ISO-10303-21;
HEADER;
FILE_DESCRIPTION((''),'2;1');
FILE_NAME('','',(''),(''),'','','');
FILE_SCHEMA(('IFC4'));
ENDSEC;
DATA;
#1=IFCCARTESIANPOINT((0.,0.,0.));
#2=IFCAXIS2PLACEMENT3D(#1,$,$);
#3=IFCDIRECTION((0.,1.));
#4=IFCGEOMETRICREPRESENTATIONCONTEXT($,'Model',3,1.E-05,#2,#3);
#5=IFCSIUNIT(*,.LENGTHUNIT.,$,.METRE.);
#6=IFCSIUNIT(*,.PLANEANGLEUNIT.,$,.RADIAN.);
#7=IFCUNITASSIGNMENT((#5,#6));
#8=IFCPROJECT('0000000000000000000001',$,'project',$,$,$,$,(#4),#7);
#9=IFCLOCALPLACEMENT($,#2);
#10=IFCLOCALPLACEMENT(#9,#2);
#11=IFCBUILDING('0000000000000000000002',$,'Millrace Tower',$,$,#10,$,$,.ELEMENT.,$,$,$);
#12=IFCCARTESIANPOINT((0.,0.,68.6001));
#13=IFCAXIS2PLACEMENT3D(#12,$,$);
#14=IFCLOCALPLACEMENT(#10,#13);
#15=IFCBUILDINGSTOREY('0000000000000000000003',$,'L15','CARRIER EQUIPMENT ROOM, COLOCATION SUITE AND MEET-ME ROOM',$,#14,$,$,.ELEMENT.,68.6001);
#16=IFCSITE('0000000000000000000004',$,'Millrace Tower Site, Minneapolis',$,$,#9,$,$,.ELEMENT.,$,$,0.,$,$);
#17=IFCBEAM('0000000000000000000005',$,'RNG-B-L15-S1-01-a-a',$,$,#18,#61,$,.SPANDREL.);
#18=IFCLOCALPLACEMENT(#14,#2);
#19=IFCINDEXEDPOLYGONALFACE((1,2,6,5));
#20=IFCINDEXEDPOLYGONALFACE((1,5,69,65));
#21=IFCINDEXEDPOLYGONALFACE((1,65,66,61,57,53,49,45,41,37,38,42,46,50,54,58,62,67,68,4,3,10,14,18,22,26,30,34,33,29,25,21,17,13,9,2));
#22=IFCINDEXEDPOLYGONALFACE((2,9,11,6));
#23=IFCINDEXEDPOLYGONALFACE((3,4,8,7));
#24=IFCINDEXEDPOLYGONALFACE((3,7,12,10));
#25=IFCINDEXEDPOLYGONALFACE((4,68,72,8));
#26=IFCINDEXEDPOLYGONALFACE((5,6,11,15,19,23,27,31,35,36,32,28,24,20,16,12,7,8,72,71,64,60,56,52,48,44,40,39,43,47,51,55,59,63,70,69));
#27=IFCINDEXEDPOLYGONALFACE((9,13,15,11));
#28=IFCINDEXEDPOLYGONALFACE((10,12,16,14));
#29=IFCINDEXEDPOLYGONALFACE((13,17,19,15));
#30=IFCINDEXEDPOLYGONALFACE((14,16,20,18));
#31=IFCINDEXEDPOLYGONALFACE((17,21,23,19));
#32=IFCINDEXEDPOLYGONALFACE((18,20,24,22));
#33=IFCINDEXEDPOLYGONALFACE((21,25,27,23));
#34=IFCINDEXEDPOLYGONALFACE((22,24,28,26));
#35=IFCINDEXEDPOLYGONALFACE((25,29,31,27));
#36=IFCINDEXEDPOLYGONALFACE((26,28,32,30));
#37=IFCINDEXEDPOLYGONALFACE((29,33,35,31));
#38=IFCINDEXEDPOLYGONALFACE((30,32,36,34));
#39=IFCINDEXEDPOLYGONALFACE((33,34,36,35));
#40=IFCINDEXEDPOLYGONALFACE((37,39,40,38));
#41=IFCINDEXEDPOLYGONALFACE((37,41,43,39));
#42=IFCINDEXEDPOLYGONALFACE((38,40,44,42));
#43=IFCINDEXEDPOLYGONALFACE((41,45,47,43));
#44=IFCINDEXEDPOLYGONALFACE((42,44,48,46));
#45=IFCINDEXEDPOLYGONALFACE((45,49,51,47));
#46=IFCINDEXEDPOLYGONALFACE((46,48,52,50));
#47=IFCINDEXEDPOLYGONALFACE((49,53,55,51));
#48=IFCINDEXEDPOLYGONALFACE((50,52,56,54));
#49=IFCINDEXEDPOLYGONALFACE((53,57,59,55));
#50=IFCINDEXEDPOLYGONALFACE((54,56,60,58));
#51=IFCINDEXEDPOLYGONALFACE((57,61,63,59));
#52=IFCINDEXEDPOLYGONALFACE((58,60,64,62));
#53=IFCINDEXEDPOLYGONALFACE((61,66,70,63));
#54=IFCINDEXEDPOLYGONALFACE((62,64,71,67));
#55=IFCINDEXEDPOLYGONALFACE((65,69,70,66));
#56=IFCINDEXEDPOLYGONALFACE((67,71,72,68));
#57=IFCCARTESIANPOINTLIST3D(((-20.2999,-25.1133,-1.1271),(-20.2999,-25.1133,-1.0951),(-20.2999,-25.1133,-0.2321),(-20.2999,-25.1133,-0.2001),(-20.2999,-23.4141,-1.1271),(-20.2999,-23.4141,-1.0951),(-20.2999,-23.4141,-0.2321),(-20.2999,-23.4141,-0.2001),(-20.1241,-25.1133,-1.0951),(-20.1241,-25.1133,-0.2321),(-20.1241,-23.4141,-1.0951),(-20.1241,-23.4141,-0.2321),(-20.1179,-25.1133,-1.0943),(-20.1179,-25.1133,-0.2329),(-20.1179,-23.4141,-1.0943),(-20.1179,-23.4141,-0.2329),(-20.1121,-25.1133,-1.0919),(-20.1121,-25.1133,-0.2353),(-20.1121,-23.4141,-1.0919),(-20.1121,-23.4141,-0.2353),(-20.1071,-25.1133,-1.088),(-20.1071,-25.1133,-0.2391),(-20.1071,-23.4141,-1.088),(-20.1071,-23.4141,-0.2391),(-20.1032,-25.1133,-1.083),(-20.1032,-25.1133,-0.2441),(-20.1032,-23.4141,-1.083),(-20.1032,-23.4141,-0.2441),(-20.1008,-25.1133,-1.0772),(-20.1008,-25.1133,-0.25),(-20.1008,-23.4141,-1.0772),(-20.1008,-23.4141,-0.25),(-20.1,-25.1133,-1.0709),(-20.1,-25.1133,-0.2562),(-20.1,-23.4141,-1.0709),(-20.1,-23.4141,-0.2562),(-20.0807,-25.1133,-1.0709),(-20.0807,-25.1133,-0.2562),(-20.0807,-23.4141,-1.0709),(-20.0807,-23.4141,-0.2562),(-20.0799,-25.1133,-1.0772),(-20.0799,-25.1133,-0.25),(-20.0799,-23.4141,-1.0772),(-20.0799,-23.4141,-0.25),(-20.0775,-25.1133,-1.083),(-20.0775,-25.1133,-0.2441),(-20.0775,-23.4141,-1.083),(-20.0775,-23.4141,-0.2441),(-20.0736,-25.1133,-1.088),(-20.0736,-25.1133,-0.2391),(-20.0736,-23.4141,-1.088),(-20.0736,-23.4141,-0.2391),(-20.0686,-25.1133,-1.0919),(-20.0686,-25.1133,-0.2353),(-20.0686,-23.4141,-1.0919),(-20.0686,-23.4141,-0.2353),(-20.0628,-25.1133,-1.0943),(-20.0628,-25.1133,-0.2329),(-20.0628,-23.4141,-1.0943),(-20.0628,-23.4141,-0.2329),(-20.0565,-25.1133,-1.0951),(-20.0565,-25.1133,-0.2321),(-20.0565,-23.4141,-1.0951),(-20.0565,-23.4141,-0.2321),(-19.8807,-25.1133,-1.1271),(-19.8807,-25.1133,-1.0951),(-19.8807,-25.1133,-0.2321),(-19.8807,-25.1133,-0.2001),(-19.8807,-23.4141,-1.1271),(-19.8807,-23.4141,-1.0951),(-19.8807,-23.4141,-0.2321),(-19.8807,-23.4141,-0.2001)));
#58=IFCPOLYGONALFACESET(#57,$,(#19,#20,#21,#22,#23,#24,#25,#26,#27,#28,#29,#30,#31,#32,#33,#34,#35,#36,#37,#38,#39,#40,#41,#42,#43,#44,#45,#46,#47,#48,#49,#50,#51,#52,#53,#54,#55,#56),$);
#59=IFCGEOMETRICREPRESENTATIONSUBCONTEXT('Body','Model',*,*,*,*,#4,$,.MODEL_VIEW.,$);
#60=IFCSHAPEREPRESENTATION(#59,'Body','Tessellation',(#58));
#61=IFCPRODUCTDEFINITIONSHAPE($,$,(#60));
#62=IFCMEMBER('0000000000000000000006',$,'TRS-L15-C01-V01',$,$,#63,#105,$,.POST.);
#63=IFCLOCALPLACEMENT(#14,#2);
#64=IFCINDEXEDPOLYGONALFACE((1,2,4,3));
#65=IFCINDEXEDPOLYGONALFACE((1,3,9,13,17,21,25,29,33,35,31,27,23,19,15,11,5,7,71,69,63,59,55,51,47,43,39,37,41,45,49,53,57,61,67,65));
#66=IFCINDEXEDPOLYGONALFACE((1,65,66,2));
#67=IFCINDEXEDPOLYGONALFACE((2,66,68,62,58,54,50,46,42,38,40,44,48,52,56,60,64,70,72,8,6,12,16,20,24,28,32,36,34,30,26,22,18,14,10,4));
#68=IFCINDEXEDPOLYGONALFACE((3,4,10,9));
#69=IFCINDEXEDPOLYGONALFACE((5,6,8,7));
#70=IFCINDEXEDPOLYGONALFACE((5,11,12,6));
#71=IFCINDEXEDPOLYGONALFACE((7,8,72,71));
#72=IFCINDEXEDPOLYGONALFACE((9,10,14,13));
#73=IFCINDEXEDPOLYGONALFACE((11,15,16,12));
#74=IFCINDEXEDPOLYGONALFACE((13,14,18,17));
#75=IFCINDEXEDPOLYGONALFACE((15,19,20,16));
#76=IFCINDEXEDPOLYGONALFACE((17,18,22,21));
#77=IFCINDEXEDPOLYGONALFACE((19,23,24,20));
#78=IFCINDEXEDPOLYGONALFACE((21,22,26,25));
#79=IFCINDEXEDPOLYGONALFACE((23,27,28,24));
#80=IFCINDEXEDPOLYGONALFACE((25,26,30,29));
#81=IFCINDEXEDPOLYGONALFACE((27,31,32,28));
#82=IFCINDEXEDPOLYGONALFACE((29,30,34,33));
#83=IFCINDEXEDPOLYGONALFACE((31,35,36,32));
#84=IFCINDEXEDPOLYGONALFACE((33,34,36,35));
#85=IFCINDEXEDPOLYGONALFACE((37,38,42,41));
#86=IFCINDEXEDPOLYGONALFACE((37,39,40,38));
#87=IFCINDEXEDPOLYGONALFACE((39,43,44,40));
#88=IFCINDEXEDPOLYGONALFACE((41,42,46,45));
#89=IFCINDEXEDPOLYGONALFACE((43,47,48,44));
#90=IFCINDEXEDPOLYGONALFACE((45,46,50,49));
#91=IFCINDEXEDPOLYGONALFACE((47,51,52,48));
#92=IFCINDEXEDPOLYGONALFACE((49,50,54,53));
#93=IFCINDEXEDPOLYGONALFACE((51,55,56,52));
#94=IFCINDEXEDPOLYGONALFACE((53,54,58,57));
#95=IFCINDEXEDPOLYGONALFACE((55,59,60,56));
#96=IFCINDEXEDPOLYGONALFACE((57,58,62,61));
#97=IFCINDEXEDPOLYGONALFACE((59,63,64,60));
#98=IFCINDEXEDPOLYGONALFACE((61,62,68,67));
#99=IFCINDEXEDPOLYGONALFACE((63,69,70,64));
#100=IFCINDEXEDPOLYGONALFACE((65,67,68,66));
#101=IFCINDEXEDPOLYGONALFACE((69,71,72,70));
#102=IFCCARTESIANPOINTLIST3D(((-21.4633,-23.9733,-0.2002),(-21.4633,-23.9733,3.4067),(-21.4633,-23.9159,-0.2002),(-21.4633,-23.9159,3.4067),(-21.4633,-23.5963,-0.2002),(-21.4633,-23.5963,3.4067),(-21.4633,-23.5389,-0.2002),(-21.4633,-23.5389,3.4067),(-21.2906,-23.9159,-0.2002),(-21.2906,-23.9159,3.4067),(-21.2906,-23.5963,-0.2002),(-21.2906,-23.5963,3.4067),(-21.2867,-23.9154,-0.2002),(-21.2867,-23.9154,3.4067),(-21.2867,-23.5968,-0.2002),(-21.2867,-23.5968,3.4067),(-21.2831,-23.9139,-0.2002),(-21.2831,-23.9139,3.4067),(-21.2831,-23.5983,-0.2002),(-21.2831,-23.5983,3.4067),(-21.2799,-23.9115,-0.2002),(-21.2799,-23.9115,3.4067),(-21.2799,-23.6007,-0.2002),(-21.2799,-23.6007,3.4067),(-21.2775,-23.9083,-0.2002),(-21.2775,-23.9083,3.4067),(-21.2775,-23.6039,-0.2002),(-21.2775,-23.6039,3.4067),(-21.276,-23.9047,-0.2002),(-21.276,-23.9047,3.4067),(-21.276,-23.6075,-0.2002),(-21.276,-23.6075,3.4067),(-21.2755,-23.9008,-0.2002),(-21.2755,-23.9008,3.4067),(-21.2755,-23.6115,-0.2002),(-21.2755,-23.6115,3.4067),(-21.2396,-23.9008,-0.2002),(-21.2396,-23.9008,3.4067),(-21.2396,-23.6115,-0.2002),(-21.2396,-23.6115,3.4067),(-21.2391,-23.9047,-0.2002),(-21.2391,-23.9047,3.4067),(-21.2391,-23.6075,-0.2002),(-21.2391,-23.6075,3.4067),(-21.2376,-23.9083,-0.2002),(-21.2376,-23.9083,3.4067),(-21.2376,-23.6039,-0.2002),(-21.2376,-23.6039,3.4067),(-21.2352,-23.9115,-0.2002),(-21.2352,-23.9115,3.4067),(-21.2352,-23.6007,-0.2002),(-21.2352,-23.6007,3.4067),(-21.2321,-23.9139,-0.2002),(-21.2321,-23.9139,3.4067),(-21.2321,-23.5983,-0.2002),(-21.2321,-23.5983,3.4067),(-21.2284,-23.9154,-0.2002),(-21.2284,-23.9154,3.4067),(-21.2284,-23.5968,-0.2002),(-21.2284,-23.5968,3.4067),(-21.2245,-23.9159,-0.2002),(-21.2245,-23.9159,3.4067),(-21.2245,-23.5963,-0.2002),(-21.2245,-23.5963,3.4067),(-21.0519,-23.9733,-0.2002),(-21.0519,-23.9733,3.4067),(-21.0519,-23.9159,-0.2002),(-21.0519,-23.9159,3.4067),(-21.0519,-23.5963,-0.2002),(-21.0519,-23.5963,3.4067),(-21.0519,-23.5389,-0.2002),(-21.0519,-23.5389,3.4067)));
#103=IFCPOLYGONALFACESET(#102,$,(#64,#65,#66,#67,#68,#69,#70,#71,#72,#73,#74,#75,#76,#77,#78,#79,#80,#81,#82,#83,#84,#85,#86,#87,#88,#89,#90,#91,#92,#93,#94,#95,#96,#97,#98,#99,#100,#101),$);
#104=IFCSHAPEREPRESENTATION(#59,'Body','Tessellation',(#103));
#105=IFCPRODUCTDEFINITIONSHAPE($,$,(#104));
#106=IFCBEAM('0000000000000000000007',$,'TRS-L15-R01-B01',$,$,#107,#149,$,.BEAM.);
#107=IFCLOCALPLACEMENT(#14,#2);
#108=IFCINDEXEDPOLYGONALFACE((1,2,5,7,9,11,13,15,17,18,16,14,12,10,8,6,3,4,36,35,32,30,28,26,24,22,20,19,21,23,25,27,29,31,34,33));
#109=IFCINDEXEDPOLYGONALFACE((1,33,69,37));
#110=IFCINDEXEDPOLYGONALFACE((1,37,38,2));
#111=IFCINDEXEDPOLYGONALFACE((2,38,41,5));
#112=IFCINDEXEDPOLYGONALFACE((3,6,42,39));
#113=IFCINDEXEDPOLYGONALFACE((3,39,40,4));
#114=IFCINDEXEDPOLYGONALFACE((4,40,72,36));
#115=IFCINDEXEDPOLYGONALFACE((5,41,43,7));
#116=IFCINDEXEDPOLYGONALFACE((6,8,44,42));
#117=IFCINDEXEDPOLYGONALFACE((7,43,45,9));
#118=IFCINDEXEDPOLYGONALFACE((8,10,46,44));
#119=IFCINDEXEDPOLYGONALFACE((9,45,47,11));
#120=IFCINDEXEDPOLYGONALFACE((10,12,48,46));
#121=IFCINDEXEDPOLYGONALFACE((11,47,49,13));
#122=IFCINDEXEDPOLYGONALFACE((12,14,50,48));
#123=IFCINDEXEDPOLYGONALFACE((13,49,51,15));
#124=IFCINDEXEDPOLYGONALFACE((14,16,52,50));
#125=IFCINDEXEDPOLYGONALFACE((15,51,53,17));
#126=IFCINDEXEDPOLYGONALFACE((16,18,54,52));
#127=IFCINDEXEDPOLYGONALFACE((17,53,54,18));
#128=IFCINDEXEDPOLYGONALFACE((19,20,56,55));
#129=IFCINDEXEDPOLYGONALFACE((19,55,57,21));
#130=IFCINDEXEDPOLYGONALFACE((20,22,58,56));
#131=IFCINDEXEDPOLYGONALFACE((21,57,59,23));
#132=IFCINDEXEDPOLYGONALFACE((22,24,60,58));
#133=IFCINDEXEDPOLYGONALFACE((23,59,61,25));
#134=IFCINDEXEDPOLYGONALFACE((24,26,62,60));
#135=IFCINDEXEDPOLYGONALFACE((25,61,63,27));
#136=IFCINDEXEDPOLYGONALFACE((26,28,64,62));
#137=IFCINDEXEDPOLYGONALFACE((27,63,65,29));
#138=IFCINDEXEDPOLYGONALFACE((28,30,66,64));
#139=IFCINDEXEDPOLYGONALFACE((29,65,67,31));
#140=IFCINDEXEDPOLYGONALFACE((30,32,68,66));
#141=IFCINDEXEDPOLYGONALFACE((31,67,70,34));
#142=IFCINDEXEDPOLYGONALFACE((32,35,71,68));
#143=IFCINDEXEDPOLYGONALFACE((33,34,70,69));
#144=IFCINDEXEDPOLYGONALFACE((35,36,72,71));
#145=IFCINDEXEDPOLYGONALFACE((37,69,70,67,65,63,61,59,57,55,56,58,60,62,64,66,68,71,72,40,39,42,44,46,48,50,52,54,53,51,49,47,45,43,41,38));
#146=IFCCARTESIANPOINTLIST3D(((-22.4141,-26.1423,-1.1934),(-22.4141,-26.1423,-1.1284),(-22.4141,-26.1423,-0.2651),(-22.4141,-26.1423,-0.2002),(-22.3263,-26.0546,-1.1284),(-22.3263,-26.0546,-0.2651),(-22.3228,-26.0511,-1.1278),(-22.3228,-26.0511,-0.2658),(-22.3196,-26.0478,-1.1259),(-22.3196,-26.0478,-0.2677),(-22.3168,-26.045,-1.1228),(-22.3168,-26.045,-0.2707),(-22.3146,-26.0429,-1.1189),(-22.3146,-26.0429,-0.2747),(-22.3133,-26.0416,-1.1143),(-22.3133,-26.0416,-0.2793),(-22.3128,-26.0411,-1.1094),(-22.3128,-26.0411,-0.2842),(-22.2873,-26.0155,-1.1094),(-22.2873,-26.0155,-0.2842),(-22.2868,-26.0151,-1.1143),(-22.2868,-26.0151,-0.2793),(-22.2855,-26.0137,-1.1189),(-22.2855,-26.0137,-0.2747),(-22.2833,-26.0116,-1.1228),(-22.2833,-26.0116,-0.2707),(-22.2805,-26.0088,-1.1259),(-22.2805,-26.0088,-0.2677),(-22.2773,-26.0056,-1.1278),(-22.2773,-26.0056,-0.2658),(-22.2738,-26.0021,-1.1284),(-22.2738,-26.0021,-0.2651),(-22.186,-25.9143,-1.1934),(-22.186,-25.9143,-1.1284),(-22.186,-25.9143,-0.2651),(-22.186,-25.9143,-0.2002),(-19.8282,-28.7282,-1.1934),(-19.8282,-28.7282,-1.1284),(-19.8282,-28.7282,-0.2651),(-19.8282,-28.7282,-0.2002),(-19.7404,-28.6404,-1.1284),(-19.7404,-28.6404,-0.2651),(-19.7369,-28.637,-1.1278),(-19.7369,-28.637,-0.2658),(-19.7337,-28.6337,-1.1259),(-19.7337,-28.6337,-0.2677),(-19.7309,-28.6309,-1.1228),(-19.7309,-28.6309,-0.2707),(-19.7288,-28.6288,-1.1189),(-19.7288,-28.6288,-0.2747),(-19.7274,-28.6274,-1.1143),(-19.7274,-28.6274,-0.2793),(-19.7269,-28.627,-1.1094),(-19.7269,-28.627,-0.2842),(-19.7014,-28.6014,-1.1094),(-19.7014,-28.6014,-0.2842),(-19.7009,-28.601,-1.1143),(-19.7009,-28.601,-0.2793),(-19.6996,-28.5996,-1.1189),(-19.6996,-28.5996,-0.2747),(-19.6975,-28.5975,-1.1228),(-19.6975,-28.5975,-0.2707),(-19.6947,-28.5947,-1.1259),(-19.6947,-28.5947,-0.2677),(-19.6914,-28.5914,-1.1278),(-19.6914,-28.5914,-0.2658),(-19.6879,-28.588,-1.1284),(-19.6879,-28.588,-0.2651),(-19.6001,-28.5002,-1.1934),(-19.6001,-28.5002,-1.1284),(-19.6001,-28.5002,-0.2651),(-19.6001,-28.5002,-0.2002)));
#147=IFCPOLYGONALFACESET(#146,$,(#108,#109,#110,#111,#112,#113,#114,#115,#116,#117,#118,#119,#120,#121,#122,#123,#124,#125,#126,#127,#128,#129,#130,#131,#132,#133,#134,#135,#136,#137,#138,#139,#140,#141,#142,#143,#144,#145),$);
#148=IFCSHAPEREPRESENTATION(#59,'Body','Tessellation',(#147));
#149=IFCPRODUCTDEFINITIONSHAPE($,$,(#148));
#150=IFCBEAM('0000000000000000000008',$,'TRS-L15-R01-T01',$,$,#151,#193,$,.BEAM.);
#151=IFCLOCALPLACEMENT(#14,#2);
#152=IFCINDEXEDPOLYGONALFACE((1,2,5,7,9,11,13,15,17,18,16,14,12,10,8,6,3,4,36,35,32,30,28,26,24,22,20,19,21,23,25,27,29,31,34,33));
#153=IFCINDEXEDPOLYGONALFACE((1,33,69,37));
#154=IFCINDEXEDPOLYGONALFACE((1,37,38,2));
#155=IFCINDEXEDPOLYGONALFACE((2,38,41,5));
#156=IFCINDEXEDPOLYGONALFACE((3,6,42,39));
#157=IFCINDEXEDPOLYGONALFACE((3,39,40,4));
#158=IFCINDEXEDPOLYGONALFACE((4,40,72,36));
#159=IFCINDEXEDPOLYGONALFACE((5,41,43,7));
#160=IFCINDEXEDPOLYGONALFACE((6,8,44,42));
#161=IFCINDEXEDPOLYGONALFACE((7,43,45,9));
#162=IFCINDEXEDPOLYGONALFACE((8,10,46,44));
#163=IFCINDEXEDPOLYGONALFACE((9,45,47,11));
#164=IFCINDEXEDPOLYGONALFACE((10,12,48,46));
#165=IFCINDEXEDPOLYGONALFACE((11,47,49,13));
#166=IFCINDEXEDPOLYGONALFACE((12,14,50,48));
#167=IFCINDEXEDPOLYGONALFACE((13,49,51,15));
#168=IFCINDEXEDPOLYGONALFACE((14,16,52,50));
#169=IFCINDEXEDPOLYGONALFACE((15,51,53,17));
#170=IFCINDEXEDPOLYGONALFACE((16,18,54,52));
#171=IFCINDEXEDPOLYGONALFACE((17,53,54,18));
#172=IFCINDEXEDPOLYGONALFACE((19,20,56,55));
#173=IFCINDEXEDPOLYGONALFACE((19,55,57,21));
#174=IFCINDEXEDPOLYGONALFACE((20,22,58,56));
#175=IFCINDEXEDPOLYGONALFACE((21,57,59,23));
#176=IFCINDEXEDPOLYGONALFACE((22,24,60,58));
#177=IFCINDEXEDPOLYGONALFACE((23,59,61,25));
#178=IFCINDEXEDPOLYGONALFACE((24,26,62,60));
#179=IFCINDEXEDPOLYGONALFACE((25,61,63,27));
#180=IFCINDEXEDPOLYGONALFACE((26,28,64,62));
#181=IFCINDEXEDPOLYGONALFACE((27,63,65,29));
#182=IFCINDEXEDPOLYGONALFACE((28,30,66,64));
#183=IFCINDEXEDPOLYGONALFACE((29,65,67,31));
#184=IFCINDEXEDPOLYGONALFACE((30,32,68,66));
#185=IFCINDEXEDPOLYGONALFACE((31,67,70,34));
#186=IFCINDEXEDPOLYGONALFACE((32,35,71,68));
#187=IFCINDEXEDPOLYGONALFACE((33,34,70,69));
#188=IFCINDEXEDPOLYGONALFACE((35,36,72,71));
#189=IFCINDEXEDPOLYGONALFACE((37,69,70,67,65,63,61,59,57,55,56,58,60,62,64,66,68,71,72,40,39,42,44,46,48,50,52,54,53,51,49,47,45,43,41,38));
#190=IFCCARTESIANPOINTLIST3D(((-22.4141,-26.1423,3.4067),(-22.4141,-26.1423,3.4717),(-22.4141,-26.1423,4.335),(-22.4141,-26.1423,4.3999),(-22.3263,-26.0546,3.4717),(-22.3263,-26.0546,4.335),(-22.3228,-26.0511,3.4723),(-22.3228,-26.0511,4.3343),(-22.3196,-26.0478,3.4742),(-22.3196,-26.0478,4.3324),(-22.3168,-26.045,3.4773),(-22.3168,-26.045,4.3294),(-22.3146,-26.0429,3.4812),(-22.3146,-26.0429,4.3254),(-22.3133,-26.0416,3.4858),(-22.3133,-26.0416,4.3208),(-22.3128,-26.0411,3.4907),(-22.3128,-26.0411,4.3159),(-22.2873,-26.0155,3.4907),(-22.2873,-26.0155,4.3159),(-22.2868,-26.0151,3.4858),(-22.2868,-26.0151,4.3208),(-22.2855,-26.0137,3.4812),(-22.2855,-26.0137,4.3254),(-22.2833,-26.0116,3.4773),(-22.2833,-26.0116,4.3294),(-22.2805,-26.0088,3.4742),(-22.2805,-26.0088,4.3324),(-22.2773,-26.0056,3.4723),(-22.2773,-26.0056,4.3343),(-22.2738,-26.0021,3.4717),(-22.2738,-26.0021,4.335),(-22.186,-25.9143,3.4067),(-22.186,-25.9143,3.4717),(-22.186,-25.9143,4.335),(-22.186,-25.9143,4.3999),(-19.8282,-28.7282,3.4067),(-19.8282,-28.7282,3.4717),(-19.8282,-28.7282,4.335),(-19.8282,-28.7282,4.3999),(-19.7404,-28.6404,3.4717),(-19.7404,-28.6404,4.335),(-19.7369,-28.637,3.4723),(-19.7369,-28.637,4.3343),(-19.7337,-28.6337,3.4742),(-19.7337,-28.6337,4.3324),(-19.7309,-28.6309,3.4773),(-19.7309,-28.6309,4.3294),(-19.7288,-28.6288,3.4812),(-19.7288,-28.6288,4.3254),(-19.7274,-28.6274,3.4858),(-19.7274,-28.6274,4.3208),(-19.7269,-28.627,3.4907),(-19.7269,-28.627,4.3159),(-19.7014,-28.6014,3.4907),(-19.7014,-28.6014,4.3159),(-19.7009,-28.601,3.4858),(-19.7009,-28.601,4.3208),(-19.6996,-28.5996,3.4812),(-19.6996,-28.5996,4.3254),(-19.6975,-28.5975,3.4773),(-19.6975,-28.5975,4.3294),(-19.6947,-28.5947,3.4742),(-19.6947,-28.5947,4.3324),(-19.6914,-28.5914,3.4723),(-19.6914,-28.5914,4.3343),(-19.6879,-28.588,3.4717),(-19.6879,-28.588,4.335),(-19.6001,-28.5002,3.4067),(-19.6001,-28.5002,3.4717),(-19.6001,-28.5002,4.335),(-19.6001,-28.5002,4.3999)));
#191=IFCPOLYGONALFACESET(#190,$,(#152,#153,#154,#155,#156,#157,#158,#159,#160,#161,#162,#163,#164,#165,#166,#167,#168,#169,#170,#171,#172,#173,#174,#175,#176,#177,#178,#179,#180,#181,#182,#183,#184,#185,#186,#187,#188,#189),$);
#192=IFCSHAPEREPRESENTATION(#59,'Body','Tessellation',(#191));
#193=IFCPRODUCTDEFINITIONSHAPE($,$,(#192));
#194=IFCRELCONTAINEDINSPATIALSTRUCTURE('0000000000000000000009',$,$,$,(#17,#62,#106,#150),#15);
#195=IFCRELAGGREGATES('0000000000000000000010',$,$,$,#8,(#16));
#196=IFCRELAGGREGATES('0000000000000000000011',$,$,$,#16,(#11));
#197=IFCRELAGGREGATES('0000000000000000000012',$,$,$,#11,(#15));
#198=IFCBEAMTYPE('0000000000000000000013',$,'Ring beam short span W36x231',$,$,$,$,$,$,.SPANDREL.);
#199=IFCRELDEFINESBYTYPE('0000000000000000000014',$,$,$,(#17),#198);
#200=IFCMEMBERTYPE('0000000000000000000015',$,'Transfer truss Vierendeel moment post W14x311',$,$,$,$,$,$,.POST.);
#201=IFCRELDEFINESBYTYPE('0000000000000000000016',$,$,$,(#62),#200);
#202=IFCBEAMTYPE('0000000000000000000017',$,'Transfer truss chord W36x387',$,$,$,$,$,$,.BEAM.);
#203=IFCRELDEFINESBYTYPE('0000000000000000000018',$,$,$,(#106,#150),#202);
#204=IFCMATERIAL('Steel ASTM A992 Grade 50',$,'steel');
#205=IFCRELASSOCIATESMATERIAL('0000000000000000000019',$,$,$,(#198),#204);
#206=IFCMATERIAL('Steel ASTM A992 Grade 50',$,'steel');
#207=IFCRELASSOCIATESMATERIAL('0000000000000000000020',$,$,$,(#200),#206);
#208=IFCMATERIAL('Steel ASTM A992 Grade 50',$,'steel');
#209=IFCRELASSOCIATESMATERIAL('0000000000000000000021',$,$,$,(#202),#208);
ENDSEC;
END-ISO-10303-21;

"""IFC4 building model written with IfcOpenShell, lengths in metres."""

from ifc_helpers import new_model, si_unit, direction, frame, origin, origin_2d, place, context, subcontext, project, spatial, i_section, extrude, material, material_profile, profile_set, type_object, element, save


model = new_model("IFC4")

# Units and contexts
model_context = context("Model", 3, precision=1e-05, world=origin(), true_north=direction((0.0, 1.0)))
body_context = subcontext(model_context, "Body", "Model", "MODEL_VIEW")
ifc_project = project(units=[si_unit("LENGTHUNIT", "METRE"), si_unit("PLANEANGLEUNIT", "RADIAN")], contexts=[model_context])

# Site, building, storey
site_placement = place(None, origin())
site = spatial("IfcSite", under=ifc_project, at=site_placement, Name="Millrace Tower Site, Minneapolis", CompositionType="ELEMENT", RefElevation=0.0)
building_placement = place(site_placement, origin())
building = spatial("IfcBuilding", under=site, at=building_placement, Name="Millrace Tower", CompositionType="ELEMENT")
storey_placement = place(building_placement, frame((0.0, 0.0, 68.6001)))
storey = spatial("IfcBuildingStorey", under=building, at=storey_placement, Name="L15", Description="CARRIER EQUIPMENT ROOM, COLOCATION SUITE AND MEET-ME ROOM", CompositionType="ELEMENT", Elevation=68.6001)

# Beam
ifc_material_1 = material(Name="Steel ASTM A992 Grade 50", Category="steel")
ifc_material_profile_1 = material_profile(ifc_material_1, i_section(OverallWidth=0.4192, OverallDepth=0.927, WebThickness=0.0193, FlangeThickness=0.032, FilletRadius=0.0242, at=origin_2d()))
ifc_profile_set_1 = profile_set([ifc_material_profile_1], Name="Steel ASTM A992 Grade 50")
beam_type_1 = type_object("IfcBeamType", Name="Ring beam short span W36x231", PredefinedType="SPANDREL", material=ifc_profile_set_1)
beam_1_placement = place(storey_placement, frame((-20.0903, -25.1133, -0.6636), z_axis=(0.0, 1.0, 0.0), x_axis=(-1.0, 0.0, 0.0)))
element("IfcBeam", 1, at=beam_1_placement, inside=storey, type_object=beam_type_1, Name="RNG-B-L15-S1-01-a-a", PredefinedType="SPANDREL", context=body_context, shape_type="SweptSolid", body=[
    extrude(i_section(OverallWidth=0.4192, OverallDepth=0.927, WebThickness=0.0193, FlangeThickness=0.032, FilletRadius=0.0242, at=origin_2d()), origin(), (0.0, 0.0, 1.0), 1.6992),
])

# Member
ifc_material_2 = material(Name="Steel ASTM A992 Grade 50", Category="steel")
ifc_material_profile_2 = material_profile(ifc_material_2, i_section(OverallWidth=0.4114, OverallDepth=0.4343, WebThickness=0.0359, FlangeThickness=0.0574, FilletRadius=0.0151, at=origin_2d()))
ifc_profile_set_2 = profile_set([ifc_material_profile_2], Name="Steel ASTM A992 Grade 50")
member_type_1 = type_object("IfcMemberType", Name="Transfer truss Vierendeel moment post W14x311", PredefinedType="POST", material=ifc_profile_set_2)
member_1_placement = place(storey_placement, frame((-21.2576, -23.7561, -0.2002), z_axis=(0.0, 0.0, 1.0), x_axis=(1.0, 0.0, 0.0)))
element("IfcMember", 2, at=member_1_placement, inside=storey, type_object=member_type_1, Name="TRS-L15-C01-V01", PredefinedType="POST", context=body_context, shape_type="SweptSolid", body=[
    extrude(i_section(OverallWidth=0.4114, OverallDepth=0.4343, WebThickness=0.0359, FlangeThickness=0.0574, FilletRadius=0.0151, at=origin_2d()), origin(), (0.0, 0.0, 1.0), 3.6069),
])

# Beams
ifc_material_3 = material(Name="Steel ASTM A992 Grade 50", Category="steel")
ifc_material_profile_3 = material_profile(ifc_material_3, i_section(OverallWidth=0.3225, OverallDepth=0.9932, WebThickness=0.0361, FlangeThickness=0.0649, FilletRadius=0.019, at=origin_2d()))
ifc_profile_set_3 = profile_set([ifc_material_profile_3], Name="Steel ASTM A992 Grade 50")
beam_type_2 = type_object("IfcBeamType", Name="Transfer truss chord W36x387", PredefinedType="BEAM", material=ifc_profile_set_3)
for number, where, z_axis, x_axis, name in (
    (3, (-22.3, -26.0283, -0.6968), (0.707107, -0.707107, 0.0), (0.707107, 0.707107, 0.0), "TRS-L15-R01-B01"),
    (4, (-22.3, -26.0283, 3.9033), (0.707107, -0.707107, 0.0), (0.707107, 0.707107, 0.0), "TRS-L15-R01-T01"),
):
    element("IfcBeam", number, at=place(storey_placement, frame(where, z_axis=z_axis, x_axis=x_axis)), inside=storey, type_object=beam_type_2, Name=name, PredefinedType="BEAM", context=body_context, shape_type="SweptSolid", body=[
        extrude(i_section(OverallWidth=0.3225, OverallDepth=0.9932, WebThickness=0.0361, FlangeThickness=0.0649, FilletRadius=0.019, at=origin_2d()), origin(), (0.0, 0.0, 1.0), 3.657),
    ])

save(model, "model.ifc")
